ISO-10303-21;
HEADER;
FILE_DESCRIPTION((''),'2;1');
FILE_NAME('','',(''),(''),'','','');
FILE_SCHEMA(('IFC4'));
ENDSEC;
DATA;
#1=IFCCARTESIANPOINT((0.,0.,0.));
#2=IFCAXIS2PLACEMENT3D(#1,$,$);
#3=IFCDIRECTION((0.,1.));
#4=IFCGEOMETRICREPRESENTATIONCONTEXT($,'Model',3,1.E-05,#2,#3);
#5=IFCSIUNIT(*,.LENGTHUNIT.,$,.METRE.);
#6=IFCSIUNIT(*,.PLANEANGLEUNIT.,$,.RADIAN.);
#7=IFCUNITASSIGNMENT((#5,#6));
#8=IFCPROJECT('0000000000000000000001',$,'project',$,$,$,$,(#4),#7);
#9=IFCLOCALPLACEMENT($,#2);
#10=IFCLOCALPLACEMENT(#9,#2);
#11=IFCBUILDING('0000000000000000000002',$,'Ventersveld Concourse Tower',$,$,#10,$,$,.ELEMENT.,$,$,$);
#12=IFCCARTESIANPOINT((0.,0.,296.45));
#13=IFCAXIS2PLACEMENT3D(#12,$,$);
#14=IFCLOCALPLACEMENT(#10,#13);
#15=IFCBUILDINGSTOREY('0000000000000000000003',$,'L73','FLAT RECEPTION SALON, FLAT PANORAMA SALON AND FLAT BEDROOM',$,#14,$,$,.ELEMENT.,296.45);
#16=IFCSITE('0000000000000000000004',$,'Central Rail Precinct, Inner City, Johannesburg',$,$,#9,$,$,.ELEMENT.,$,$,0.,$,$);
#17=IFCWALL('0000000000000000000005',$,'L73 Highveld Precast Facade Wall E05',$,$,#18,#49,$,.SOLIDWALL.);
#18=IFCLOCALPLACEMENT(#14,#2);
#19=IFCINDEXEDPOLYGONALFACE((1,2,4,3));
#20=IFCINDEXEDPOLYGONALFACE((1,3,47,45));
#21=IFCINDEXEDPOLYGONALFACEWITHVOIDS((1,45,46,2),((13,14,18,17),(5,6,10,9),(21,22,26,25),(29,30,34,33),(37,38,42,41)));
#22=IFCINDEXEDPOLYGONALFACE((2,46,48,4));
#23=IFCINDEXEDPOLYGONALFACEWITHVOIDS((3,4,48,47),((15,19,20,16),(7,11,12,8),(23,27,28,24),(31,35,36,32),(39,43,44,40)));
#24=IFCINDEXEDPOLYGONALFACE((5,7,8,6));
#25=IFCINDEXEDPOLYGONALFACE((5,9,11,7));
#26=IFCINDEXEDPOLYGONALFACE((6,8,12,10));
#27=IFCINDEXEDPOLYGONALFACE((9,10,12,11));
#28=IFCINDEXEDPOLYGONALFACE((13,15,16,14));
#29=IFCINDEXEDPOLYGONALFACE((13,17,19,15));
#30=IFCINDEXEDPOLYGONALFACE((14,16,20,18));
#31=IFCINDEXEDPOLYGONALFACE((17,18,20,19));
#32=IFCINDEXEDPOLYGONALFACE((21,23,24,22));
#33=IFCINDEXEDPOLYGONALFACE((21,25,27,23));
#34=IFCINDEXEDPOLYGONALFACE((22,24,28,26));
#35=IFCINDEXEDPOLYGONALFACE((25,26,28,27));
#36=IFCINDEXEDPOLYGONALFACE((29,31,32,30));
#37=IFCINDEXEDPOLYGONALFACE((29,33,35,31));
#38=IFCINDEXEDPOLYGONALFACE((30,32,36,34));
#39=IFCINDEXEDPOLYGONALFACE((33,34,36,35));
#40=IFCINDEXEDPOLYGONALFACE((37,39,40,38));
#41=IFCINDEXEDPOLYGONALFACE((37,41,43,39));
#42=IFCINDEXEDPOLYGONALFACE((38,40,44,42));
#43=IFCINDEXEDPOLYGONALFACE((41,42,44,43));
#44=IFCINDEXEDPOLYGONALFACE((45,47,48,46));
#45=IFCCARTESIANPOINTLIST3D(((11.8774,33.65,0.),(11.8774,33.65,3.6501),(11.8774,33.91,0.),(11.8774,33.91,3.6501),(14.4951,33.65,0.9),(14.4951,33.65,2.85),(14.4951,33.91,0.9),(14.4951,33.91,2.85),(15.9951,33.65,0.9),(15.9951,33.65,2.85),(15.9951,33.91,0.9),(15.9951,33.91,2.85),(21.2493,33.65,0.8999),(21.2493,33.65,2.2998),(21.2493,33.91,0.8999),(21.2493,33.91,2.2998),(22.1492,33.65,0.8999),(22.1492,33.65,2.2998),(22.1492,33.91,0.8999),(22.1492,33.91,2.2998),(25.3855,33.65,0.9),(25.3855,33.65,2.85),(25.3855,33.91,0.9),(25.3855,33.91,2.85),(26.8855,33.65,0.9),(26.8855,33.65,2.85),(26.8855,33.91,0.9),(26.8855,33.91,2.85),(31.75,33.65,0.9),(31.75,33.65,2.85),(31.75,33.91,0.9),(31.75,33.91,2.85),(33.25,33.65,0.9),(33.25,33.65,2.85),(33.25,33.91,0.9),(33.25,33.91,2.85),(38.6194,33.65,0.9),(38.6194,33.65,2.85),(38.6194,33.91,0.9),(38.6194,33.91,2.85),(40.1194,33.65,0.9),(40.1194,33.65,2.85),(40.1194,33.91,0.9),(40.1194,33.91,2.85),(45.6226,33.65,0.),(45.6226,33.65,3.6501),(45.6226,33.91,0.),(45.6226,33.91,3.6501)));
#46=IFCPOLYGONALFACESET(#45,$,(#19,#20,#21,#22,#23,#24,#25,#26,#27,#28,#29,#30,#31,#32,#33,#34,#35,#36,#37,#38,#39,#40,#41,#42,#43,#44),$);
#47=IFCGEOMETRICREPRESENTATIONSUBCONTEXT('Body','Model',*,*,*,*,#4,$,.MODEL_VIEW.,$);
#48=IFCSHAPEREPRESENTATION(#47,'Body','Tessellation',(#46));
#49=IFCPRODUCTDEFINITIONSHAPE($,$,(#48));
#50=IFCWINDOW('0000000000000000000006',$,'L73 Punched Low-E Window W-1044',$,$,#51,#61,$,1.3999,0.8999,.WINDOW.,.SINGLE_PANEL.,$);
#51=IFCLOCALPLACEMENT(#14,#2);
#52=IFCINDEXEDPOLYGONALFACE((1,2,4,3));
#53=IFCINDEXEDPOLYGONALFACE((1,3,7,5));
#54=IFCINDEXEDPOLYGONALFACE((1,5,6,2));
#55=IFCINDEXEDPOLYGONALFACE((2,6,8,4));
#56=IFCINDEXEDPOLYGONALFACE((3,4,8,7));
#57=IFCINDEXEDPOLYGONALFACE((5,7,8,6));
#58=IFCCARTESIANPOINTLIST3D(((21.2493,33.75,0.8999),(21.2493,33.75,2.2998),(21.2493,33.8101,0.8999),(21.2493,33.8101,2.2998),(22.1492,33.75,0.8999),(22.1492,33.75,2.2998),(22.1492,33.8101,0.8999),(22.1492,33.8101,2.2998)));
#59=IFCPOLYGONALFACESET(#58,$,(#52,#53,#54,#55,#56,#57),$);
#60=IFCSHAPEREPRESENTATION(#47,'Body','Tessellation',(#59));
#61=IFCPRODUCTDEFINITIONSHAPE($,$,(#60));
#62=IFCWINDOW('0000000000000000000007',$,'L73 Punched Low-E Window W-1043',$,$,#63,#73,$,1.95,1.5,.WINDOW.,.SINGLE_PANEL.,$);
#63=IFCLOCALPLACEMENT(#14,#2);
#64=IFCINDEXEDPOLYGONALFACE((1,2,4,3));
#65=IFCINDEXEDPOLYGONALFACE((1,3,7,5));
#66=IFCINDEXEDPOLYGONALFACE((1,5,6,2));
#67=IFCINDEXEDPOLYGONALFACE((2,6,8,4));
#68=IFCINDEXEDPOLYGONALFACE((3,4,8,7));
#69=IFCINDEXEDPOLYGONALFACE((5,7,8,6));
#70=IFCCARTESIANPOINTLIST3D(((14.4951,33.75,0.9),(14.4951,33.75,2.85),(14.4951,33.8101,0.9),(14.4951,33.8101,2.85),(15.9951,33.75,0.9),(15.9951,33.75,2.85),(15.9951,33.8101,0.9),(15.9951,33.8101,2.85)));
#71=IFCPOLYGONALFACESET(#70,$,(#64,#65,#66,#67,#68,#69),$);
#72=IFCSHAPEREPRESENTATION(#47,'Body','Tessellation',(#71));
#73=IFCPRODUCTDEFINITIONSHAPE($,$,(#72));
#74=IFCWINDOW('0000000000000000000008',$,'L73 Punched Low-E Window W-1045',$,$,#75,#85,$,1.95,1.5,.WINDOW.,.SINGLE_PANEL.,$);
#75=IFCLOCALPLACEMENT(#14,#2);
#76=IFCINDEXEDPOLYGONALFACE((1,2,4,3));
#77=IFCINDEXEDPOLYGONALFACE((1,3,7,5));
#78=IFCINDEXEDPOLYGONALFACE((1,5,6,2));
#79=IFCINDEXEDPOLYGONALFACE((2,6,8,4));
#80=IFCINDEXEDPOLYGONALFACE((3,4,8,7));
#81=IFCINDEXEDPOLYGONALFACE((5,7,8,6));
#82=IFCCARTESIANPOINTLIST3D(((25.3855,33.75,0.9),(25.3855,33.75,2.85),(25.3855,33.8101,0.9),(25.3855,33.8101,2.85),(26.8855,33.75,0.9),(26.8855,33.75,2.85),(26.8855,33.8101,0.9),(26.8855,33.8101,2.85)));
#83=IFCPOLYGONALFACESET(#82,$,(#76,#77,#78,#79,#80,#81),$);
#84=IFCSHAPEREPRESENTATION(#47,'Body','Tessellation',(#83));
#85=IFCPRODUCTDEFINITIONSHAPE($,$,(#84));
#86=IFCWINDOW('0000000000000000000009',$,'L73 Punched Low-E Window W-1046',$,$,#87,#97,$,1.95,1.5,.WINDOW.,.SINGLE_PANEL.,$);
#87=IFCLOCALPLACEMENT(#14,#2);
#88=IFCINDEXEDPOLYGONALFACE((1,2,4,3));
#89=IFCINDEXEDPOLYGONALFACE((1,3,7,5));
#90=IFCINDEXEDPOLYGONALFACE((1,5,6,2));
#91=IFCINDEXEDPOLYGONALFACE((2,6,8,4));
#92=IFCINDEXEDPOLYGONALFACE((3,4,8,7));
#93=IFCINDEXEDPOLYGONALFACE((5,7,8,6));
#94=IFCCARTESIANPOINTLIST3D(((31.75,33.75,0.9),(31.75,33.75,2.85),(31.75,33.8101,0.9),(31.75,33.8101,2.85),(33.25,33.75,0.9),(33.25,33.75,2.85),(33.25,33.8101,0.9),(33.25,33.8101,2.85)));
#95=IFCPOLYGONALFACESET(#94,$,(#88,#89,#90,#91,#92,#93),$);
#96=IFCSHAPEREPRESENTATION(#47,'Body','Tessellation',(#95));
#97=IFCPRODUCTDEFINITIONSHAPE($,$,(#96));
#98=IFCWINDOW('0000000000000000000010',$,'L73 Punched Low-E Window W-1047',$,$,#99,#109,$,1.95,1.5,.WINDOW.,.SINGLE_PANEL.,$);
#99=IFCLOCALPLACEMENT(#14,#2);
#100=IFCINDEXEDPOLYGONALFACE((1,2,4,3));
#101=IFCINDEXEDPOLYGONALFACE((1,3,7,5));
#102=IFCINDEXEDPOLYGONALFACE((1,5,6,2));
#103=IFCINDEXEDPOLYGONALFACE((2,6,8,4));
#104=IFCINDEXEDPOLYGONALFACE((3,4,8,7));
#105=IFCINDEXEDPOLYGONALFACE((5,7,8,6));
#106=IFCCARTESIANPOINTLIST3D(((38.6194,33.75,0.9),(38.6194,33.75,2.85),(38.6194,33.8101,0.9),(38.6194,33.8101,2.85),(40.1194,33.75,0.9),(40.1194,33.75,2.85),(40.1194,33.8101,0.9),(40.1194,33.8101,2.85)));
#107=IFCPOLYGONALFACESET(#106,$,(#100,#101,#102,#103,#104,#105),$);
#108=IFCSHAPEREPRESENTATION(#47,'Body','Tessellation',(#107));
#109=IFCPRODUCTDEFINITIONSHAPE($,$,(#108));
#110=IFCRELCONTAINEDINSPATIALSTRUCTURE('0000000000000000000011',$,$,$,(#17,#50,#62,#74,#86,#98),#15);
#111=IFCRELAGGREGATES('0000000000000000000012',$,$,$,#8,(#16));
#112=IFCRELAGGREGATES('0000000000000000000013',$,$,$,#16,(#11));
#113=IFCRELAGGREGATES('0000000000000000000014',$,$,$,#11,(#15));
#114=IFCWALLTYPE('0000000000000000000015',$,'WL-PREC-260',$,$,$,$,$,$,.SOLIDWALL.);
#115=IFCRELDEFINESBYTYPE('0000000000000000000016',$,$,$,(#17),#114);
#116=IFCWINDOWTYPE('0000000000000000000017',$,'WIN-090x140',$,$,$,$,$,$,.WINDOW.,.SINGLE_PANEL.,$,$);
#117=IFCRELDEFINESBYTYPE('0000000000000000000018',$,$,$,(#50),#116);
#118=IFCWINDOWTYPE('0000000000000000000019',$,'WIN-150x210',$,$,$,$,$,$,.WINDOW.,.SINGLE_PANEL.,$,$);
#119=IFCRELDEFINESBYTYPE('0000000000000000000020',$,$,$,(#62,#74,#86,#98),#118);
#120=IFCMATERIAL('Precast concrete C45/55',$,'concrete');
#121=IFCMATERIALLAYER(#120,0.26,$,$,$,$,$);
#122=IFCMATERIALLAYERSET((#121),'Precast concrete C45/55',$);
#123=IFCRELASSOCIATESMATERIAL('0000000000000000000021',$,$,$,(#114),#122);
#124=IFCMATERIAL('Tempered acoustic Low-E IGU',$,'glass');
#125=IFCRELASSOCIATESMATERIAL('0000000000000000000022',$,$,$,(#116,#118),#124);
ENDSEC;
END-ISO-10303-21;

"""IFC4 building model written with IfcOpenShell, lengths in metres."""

from ifc_helpers import new_model, si_unit, direction, frame, frame_2d, origin, place, context, subcontext, project, spatial, rectangle, extrude, material, layer, layer_set, type_object, element, fill, save


model = new_model("IFC4")

# Units and contexts
model_context = context("Model", 3, precision=1e-05, world=origin(), true_north=direction((0.0, 1.0)))
body_context = subcontext(model_context, "Body", "Model", "MODEL_VIEW")
ifc_project = project(units=[si_unit("LENGTHUNIT", "METRE"), si_unit("PLANEANGLEUNIT", "RADIAN")], contexts=[model_context])

# Site, building, storey
site_placement = place(None, origin())
site = spatial("IfcSite", under=ifc_project, at=site_placement, Name="Central Rail Precinct, Inner City, Johannesburg", CompositionType="ELEMENT", RefElevation=0.0)
building_placement = place(site_placement, origin())
building = spatial("IfcBuilding", under=site, at=building_placement, Name="Ventersveld Concourse Tower", CompositionType="ELEMENT")
storey_placement = place(building_placement, frame((0.0, 0.0, 296.45)))
storey = spatial("IfcBuildingStorey", under=building, at=storey_placement, Name="L73", Description="FLAT RECEPTION SALON, FLAT PANORAMA SALON AND FLAT BEDROOM", CompositionType="ELEMENT", Elevation=296.45)

# Shared definitions
ifc_material_1 = material(Name="Precast concrete C45/55", Category="concrete")
ifc_layer_1 = layer(ifc_material_1, 0.26)
ifc_layer_set_1 = layer_set([ifc_layer_1], Name="Precast concrete C45/55")
wall_type_1 = type_object("IfcWallType", Name="WL-PREC-260", PredefinedType="SOLIDWALL", material=ifc_layer_set_1)

# Wall, openings, windows
wall_1_placement = place(storey_placement, frame((45.6226, 33.78, 0.0), z_axis=(0.0, 0.0, 1.0), x_axis=(-1.0, 0.0, 0.0)))
wall_1 = element("IfcWall", 1, at=wall_1_placement, inside=storey, type_object=wall_type_1, Name="L73 Highveld Precast Facade Wall E05", PredefinedType="SOLIDWALL", context=body_context, shape_type="SweptSolid", body=[
    extrude(rectangle(XDim=33.7451, YDim=0.26, at=frame_2d((16.8726, 0.0))), origin(), (0.0, 0.0, 1.0), 3.6501),
])
opening_1_placement = place(wall_1_placement, frame((29.6274, 0.0, 0.8999)))
opening_1 = element("IfcOpeningElement", 2, at=opening_1_placement, cuts=wall_1, PredefinedType="OPENING", context=body_context, shape_type="SweptSolid", body=[
    extrude(rectangle(XDim=1.5, YDim=1.95, at=frame_2d((0.75, 0.9751))), frame((0.0, 0.1401, 0.0), z_axis=(0.0, -1.0, 0.0), x_axis=(1.0, 0.0, 0.0)), (0.0, 0.0, 1.0), 0.28),
])
opening_2_placement = place(wall_1_placement, frame((23.4734, 0.0, 0.8999)))
opening_2 = element("IfcOpeningElement", 3, at=opening_2_placement, cuts=wall_1, PredefinedType="OPENING", context=body_context, shape_type="SweptSolid", body=[
    extrude(rectangle(XDim=0.8999, YDim=1.3999, at=frame_2d((0.45, 0.7))), frame((0.0, 0.1401, 0.0), z_axis=(0.0, -1.0, 0.0), x_axis=(1.0, 0.0, 0.0)), (0.0, 0.0, 1.0), 0.28),
])
opening_3_placement = place(wall_1_placement, frame((18.7371, 0.0, 0.8999)))
opening_3 = element("IfcOpeningElement", 4, at=opening_3_placement, cuts=wall_1, PredefinedType="OPENING", context=body_context, shape_type="SweptSolid", body=[
    extrude(rectangle(XDim=1.5, YDim=1.95, at=frame_2d((0.75, 0.9751))), frame((0.0, 0.1401, 0.0), z_axis=(0.0, -1.0, 0.0), x_axis=(1.0, 0.0, 0.0)), (0.0, 0.0, 1.0), 0.28),
])
opening_4_placement = place(wall_1_placement, frame((12.3726, 0.0, 0.8999)))
opening_4 = element("IfcOpeningElement", 5, at=opening_4_placement, cuts=wall_1, PredefinedType="OPENING", context=body_context, shape_type="SweptSolid", body=[
    extrude(rectangle(XDim=1.5, YDim=1.95, at=frame_2d((0.75, 0.9751))), frame((0.0, 0.1401, 0.0), z_axis=(0.0, -1.0, 0.0), x_axis=(1.0, 0.0, 0.0)), (0.0, 0.0, 1.0), 0.28),
])
opening_5_placement = place(wall_1_placement, frame((5.5032, 0.0, 0.8999)))
opening_5 = element("IfcOpeningElement", 6, at=opening_5_placement, cuts=wall_1, PredefinedType="OPENING", context=body_context, shape_type="SweptSolid", body=[
    extrude(rectangle(XDim=1.5, YDim=1.95, at=frame_2d((0.75, 0.9751))), frame((0.0, 0.1401, 0.0), z_axis=(0.0, -1.0, 0.0), x_axis=(1.0, 0.0, 0.0)), (0.0, 0.0, 1.0), 0.28),
])
ifc_material_2 = material(Name="Tempered acoustic Low-E IGU", Category="glass")
window_type_1 = type_object("IfcWindowType", Name="WIN-090x140", PartitioningType="SINGLE_PANEL", PredefinedType="WINDOW", material=ifc_material_2)
window_1_placement = place(opening_2_placement, origin())
window_1 = element("IfcWindow", 7, at=window_1_placement, inside=storey, type_object=window_type_1, Name="L73 Punched Low-E Window W-1044", OverallHeight=1.3999, OverallWidth=0.8999, PartitioningType="SINGLE_PANEL", PredefinedType="WINDOW", context=body_context, shape_type="SweptSolid", body=[
    extrude(rectangle(XDim=0.8999, YDim=1.3999, at=frame_2d((0.45, 0.7))), frame((0.0, 0.03, 0.0), z_axis=(0.0, -1.0, 0.0), x_axis=(1.0, 0.0, 0.0)), (0.0, 0.0, 1.0), 0.0601),
])
fill(opening_2, window_1)
window_type_2 = type_object("IfcWindowType", Name="WIN-150x210", PartitioningType="SINGLE_PANEL", PredefinedType="WINDOW", material=ifc_material_2)
window_2_placement = place(opening_1_placement, origin())
window_2 = element("IfcWindow", 8, at=window_2_placement, inside=storey, type_object=window_type_2, Name="L73 Punched Low-E Window W-1043", OverallHeight=1.95, OverallWidth=1.5, PartitioningType="SINGLE_PANEL", PredefinedType="WINDOW", context=body_context, shape_type="SweptSolid", body=[
    extrude(rectangle(XDim=1.5, YDim=1.95, at=frame_2d((0.75, 0.9751))), frame((0.0, 0.03, 0.0), z_axis=(0.0, -1.0, 0.0), x_axis=(1.0, 0.0, 0.0)), (0.0, 0.0, 1.0), 0.0601),
])
fill(opening_1, window_2)
window_3_placement = place(opening_3_placement, origin())
window_3 = element("IfcWindow", 9, at=window_3_placement, inside=storey, type_object=window_type_2, Name="L73 Punched Low-E Window W-1045", OverallHeight=1.95, OverallWidth=1.5, PartitioningType="SINGLE_PANEL", PredefinedType="WINDOW", context=body_context, shape_type="SweptSolid", body=[
    extrude(rectangle(XDim=1.5, YDim=1.95, at=frame_2d((0.75, 0.9751))), frame((0.0, 0.03, 0.0), z_axis=(0.0, -1.0, 0.0), x_axis=(1.0, 0.0, 0.0)), (0.0, 0.0, 1.0), 0.0601),
])
fill(opening_3, window_3)
window_4_placement = place(opening_4_placement, origin())
window_4 = element("IfcWindow", 10, at=window_4_placement, inside=storey, type_object=window_type_2, Name="L73 Punched Low-E Window W-1046", OverallHeight=1.95, OverallWidth=1.5, PartitioningType="SINGLE_PANEL", PredefinedType="WINDOW", context=body_context, shape_type="SweptSolid", body=[
    extrude(rectangle(XDim=1.5, YDim=1.95, at=frame_2d((0.75, 0.9751))), frame((0.0, 0.03, 0.0), z_axis=(0.0, -1.0, 0.0), x_axis=(1.0, 0.0, 0.0)), (0.0, 0.0, 1.0), 0.0601),
])
fill(opening_4, window_4)
window_5_placement = place(opening_5_placement, origin())
window_5 = element("IfcWindow", 11, at=window_5_placement, inside=storey, type_object=window_type_2, Name="L73 Punched Low-E Window W-1047", OverallHeight=1.95, OverallWidth=1.5, PartitioningType="SINGLE_PANEL", PredefinedType="WINDOW", context=body_context, shape_type="SweptSolid", body=[
    extrude(rectangle(XDim=1.5, YDim=1.95, at=frame_2d((0.75, 0.9751))), frame((0.0, 0.03, 0.0), z_axis=(0.0, -1.0, 0.0), x_axis=(1.0, 0.0, 0.0)), (0.0, 0.0, 1.0), 0.0601),
])
fill(opening_5, window_5)

save(model, "model.ifc")
